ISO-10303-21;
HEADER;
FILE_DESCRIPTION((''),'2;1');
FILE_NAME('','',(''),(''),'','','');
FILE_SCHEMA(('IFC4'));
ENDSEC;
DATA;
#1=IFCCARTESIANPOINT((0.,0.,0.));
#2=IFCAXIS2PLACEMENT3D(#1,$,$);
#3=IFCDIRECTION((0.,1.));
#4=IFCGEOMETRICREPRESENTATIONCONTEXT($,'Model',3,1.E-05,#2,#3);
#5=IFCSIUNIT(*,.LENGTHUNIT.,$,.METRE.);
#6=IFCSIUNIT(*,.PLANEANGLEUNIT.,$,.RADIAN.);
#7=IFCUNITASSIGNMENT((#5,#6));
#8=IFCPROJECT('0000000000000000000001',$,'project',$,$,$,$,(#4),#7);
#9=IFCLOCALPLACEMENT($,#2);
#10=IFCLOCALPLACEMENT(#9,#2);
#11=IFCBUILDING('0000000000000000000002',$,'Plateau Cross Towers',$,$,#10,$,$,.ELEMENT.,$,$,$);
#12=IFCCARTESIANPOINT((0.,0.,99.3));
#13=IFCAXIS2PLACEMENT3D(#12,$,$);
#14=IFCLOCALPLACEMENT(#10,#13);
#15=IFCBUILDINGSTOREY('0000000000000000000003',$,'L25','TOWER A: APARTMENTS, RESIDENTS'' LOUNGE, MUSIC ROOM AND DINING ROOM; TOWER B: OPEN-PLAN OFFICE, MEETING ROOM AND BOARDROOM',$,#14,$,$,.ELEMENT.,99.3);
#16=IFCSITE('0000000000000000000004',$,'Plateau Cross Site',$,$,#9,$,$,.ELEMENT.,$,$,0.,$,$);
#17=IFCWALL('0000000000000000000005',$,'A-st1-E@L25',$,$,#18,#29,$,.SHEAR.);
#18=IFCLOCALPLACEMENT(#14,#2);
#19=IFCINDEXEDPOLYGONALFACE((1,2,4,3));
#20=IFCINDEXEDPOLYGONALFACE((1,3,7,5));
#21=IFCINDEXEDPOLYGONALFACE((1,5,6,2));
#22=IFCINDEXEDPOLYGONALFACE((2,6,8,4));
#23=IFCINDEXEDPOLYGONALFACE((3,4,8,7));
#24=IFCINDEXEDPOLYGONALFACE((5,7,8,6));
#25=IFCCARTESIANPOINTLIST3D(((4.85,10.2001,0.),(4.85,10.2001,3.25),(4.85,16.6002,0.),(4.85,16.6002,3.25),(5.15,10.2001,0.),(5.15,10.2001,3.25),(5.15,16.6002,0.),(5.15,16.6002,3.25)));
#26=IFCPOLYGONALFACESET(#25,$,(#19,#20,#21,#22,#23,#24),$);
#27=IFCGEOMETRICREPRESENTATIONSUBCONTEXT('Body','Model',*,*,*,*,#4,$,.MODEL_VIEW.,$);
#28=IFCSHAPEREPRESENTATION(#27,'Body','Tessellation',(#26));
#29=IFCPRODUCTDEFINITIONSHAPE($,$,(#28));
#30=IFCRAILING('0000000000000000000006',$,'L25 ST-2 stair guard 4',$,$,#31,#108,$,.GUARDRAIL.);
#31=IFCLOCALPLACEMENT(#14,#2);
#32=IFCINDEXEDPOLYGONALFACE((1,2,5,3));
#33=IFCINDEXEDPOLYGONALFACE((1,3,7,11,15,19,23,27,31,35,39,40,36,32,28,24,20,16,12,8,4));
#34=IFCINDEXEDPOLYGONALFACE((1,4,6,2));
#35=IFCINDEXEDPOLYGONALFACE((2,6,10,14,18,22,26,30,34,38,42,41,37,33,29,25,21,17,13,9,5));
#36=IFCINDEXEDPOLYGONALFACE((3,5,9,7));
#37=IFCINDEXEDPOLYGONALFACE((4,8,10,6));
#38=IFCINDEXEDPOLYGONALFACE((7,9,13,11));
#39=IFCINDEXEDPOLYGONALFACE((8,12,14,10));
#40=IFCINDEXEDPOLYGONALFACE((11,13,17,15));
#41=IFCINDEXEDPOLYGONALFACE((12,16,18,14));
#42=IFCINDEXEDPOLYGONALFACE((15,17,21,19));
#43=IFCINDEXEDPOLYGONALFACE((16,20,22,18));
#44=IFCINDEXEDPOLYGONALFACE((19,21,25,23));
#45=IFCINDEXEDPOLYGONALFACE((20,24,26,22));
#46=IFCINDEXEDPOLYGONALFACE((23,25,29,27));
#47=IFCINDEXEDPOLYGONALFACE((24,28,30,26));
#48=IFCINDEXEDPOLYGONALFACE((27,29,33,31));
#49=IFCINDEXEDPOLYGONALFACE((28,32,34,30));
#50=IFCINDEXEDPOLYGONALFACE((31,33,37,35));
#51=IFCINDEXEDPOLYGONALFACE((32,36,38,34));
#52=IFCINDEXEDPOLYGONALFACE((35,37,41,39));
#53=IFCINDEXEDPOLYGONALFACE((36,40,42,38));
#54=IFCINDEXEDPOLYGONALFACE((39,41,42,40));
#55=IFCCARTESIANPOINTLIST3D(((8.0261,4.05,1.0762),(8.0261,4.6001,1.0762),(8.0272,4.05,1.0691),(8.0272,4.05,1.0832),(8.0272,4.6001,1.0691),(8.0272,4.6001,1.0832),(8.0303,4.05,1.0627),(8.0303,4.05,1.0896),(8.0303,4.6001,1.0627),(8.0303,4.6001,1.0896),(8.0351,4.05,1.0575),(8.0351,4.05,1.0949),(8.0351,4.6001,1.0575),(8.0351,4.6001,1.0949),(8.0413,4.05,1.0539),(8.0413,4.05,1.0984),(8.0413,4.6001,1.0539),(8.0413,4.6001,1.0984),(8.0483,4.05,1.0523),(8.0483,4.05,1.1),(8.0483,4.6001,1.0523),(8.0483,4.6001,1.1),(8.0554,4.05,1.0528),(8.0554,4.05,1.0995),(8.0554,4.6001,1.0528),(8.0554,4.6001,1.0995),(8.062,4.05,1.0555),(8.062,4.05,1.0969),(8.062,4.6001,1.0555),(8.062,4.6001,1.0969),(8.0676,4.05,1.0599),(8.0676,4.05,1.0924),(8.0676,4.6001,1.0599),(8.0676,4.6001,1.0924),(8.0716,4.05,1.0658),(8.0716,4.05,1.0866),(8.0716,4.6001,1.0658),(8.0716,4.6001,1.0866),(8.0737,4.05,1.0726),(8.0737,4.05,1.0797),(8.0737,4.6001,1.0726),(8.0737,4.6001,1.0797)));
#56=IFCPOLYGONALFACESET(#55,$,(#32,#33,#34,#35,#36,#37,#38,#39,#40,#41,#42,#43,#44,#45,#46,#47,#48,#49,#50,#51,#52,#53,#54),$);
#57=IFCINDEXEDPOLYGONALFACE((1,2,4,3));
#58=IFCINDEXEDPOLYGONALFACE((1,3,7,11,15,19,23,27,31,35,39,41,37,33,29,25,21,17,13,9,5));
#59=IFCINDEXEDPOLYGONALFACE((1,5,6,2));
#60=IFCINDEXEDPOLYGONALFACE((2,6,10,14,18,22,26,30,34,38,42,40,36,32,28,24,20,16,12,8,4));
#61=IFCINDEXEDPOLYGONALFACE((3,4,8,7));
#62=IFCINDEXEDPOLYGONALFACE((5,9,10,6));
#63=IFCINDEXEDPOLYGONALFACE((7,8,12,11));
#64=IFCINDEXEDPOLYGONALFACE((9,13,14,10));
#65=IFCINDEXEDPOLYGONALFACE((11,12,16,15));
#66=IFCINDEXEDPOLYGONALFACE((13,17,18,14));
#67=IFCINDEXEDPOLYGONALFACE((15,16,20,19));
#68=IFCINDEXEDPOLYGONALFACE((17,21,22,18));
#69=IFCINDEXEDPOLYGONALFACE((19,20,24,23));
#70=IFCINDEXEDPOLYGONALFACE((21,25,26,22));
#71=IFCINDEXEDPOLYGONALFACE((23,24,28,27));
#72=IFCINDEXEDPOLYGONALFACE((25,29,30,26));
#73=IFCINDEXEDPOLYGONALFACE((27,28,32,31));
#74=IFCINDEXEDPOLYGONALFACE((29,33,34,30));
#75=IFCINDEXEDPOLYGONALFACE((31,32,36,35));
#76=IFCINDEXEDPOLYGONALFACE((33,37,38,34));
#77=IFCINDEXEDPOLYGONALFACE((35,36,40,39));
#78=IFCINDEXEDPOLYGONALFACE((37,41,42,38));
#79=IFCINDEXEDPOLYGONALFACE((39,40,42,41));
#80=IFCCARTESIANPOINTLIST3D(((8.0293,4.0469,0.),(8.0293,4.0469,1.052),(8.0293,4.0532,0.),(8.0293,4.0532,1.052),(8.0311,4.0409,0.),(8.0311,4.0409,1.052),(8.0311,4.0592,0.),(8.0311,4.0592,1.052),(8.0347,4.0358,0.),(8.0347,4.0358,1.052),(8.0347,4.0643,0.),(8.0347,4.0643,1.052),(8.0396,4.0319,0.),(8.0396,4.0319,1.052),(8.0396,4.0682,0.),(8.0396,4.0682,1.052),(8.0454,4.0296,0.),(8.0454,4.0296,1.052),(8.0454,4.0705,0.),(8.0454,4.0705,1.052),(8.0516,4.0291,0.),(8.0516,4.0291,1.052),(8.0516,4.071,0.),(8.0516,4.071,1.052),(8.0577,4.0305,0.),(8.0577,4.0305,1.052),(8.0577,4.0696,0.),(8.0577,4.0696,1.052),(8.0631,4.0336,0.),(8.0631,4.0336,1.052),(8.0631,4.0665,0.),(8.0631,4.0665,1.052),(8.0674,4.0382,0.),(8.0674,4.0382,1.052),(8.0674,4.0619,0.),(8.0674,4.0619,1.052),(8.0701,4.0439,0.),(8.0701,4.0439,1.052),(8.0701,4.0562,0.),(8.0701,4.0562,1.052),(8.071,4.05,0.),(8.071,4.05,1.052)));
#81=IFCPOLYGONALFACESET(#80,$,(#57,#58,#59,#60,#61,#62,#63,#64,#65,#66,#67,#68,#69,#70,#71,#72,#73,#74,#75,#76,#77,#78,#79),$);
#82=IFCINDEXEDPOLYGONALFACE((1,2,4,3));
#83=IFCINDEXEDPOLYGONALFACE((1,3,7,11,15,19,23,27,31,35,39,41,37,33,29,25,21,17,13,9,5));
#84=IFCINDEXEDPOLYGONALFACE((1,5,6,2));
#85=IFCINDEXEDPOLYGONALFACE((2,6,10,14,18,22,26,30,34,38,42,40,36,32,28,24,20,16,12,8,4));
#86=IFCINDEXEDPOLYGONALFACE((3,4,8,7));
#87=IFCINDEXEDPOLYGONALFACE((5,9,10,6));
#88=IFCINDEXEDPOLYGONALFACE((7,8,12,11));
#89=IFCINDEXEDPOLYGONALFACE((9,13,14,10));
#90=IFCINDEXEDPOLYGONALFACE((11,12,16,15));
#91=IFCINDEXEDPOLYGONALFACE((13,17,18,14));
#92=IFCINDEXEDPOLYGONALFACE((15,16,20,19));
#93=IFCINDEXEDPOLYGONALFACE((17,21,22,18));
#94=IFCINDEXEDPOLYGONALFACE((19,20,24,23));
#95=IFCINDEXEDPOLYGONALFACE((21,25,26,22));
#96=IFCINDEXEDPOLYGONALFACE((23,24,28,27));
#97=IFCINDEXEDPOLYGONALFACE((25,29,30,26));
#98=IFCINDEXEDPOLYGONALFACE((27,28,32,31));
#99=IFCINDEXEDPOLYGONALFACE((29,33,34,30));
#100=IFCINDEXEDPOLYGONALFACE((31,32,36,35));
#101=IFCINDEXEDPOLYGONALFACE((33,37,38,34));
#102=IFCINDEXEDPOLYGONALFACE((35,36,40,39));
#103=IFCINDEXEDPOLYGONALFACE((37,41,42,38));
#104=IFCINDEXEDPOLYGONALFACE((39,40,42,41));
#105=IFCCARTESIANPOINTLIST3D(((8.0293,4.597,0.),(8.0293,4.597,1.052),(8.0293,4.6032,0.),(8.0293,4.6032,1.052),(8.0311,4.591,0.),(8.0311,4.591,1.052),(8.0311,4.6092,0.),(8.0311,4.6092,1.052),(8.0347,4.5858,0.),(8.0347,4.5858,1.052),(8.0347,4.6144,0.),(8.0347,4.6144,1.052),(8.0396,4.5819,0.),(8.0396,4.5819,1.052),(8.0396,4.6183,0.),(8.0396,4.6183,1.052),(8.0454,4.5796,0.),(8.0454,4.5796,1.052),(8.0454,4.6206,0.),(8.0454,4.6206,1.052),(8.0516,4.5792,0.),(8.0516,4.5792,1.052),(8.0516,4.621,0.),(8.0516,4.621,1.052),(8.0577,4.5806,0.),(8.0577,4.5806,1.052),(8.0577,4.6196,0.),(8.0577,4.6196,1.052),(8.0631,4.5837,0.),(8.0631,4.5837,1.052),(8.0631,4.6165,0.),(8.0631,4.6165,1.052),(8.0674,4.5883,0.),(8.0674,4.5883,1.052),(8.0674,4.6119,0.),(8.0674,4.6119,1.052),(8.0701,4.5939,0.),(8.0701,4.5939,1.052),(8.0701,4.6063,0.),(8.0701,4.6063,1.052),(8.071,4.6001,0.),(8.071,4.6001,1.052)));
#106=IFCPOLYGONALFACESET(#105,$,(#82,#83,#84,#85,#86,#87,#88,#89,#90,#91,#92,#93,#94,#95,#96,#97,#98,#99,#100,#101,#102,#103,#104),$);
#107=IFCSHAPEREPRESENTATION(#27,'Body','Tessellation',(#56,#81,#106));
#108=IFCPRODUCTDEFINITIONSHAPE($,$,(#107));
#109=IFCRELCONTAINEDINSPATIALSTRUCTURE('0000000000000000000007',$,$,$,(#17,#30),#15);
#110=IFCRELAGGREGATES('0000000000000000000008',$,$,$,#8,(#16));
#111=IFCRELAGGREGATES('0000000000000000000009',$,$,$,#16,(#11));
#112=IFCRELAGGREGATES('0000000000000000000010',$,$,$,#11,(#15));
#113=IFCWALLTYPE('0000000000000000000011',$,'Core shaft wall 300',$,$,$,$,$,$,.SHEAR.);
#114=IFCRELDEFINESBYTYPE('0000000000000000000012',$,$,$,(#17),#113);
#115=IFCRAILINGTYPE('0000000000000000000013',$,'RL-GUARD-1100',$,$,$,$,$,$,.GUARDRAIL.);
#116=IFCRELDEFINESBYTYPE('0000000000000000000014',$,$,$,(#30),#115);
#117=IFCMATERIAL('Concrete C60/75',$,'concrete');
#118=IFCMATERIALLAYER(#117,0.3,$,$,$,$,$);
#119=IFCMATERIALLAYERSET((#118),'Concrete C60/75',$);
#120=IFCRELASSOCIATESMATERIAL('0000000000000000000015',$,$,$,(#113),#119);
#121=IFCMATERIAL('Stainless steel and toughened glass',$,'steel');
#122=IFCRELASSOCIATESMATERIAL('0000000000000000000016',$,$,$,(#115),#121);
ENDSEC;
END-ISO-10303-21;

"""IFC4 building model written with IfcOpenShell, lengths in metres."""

from ifc_helpers import new_model, si_unit, direction, frame, frame_2d, origin, origin_2d, place, context, subcontext, project, spatial, rectangle, circle, extrude, material, layer, layer_set, type_object, element, save


model = new_model("IFC4")

# Units and contexts
model_context = context("Model", 3, precision=1e-05, world=origin(), true_north=direction((0.0, 1.0)))
body_context = subcontext(model_context, "Body", "Model", "MODEL_VIEW")
ifc_project = project(units=[si_unit("LENGTHUNIT", "METRE"), si_unit("PLANEANGLEUNIT", "RADIAN")], contexts=[model_context])

# Site, building, storey
site_placement = place(None, origin())
site = spatial("IfcSite", under=ifc_project, at=site_placement, Name="Plateau Cross Site", CompositionType="ELEMENT", RefElevation=0.0)
building_placement = place(site_placement, origin())
building = spatial("IfcBuilding", under=site, at=building_placement, Name="Plateau Cross Towers", CompositionType="ELEMENT")
storey_placement = place(building_placement, frame((0.0, 0.0, 99.3)))
storey = spatial("IfcBuildingStorey", under=building, at=storey_placement, Name="L25", Description="TOWER A: APARTMENTS, RESIDENTS' LOUNGE, MUSIC ROOM AND DINING ROOM; TOWER B: OPEN-PLAN OFFICE, MEETING ROOM AND BOARDROOM", CompositionType="ELEMENT", Elevation=99.3)

# Shared definitions
ifc_material_1 = material(Name="Concrete C60/75", Category="concrete")
ifc_layer_1 = layer(ifc_material_1, 0.3)
ifc_layer_set_1 = layer_set([ifc_layer_1], Name="Concrete C60/75")
wall_type_1 = type_object("IfcWallType", Name="Core shaft wall 300", PredefinedType="SHEAR", material=ifc_layer_set_1)

# Wall
wall_1_placement = place(storey_placement, frame((5.0, 10.2, 0.0), z_axis=(0.0, 0.0, 1.0), x_axis=(0.0, 1.0, 0.0)))
element("IfcWall", 1, at=wall_1_placement, inside=storey, type_object=wall_type_1, Name="A-st1-E@L25", PredefinedType="SHEAR", context=body_context, shape_type="SweptSolid", body=[
    extrude(rectangle(XDim=6.4001, YDim=0.3, at=frame_2d((3.2002, 0.0))), origin(), (0.0, 0.0, 1.0), 3.25),
])

# Railing
ifc_material_2 = material(Name="Stainless steel and toughened glass", Category="steel")
railing_type_1 = type_object("IfcRailingType", Name="RL-GUARD-1100", PredefinedType="GUARDRAIL", material=ifc_material_2)
railing_1_placement = place(storey_placement, frame((8.05, 4.05, 0.0)))
element("IfcRailing", 2, at=railing_1_placement, inside=storey, type_object=railing_type_1, Name="L25 ST-2 stair guard 4", PredefinedType="GUARDRAIL", context=body_context, shape_type="SweptSolid", body=[
    extrude(circle(Radius=0.0239, at=origin_2d()), frame((0.0, 0.0, 1.0762), z_axis=(0.0, 1.0, 0.0), x_axis=(-1.0, 0.0, 0.0)), (0.0, 0.0, 1.0), 0.55),
    extrude(circle(Radius=0.021, at=origin_2d()), origin(), (0.0, 0.0, 1.0), 1.052),
    extrude(circle(Radius=0.021, at=origin_2d()), frame((0.0, 0.55, 0.0)), (0.0, 0.0, 1.0), 1.052),
])

save(model, "model.ifc")
